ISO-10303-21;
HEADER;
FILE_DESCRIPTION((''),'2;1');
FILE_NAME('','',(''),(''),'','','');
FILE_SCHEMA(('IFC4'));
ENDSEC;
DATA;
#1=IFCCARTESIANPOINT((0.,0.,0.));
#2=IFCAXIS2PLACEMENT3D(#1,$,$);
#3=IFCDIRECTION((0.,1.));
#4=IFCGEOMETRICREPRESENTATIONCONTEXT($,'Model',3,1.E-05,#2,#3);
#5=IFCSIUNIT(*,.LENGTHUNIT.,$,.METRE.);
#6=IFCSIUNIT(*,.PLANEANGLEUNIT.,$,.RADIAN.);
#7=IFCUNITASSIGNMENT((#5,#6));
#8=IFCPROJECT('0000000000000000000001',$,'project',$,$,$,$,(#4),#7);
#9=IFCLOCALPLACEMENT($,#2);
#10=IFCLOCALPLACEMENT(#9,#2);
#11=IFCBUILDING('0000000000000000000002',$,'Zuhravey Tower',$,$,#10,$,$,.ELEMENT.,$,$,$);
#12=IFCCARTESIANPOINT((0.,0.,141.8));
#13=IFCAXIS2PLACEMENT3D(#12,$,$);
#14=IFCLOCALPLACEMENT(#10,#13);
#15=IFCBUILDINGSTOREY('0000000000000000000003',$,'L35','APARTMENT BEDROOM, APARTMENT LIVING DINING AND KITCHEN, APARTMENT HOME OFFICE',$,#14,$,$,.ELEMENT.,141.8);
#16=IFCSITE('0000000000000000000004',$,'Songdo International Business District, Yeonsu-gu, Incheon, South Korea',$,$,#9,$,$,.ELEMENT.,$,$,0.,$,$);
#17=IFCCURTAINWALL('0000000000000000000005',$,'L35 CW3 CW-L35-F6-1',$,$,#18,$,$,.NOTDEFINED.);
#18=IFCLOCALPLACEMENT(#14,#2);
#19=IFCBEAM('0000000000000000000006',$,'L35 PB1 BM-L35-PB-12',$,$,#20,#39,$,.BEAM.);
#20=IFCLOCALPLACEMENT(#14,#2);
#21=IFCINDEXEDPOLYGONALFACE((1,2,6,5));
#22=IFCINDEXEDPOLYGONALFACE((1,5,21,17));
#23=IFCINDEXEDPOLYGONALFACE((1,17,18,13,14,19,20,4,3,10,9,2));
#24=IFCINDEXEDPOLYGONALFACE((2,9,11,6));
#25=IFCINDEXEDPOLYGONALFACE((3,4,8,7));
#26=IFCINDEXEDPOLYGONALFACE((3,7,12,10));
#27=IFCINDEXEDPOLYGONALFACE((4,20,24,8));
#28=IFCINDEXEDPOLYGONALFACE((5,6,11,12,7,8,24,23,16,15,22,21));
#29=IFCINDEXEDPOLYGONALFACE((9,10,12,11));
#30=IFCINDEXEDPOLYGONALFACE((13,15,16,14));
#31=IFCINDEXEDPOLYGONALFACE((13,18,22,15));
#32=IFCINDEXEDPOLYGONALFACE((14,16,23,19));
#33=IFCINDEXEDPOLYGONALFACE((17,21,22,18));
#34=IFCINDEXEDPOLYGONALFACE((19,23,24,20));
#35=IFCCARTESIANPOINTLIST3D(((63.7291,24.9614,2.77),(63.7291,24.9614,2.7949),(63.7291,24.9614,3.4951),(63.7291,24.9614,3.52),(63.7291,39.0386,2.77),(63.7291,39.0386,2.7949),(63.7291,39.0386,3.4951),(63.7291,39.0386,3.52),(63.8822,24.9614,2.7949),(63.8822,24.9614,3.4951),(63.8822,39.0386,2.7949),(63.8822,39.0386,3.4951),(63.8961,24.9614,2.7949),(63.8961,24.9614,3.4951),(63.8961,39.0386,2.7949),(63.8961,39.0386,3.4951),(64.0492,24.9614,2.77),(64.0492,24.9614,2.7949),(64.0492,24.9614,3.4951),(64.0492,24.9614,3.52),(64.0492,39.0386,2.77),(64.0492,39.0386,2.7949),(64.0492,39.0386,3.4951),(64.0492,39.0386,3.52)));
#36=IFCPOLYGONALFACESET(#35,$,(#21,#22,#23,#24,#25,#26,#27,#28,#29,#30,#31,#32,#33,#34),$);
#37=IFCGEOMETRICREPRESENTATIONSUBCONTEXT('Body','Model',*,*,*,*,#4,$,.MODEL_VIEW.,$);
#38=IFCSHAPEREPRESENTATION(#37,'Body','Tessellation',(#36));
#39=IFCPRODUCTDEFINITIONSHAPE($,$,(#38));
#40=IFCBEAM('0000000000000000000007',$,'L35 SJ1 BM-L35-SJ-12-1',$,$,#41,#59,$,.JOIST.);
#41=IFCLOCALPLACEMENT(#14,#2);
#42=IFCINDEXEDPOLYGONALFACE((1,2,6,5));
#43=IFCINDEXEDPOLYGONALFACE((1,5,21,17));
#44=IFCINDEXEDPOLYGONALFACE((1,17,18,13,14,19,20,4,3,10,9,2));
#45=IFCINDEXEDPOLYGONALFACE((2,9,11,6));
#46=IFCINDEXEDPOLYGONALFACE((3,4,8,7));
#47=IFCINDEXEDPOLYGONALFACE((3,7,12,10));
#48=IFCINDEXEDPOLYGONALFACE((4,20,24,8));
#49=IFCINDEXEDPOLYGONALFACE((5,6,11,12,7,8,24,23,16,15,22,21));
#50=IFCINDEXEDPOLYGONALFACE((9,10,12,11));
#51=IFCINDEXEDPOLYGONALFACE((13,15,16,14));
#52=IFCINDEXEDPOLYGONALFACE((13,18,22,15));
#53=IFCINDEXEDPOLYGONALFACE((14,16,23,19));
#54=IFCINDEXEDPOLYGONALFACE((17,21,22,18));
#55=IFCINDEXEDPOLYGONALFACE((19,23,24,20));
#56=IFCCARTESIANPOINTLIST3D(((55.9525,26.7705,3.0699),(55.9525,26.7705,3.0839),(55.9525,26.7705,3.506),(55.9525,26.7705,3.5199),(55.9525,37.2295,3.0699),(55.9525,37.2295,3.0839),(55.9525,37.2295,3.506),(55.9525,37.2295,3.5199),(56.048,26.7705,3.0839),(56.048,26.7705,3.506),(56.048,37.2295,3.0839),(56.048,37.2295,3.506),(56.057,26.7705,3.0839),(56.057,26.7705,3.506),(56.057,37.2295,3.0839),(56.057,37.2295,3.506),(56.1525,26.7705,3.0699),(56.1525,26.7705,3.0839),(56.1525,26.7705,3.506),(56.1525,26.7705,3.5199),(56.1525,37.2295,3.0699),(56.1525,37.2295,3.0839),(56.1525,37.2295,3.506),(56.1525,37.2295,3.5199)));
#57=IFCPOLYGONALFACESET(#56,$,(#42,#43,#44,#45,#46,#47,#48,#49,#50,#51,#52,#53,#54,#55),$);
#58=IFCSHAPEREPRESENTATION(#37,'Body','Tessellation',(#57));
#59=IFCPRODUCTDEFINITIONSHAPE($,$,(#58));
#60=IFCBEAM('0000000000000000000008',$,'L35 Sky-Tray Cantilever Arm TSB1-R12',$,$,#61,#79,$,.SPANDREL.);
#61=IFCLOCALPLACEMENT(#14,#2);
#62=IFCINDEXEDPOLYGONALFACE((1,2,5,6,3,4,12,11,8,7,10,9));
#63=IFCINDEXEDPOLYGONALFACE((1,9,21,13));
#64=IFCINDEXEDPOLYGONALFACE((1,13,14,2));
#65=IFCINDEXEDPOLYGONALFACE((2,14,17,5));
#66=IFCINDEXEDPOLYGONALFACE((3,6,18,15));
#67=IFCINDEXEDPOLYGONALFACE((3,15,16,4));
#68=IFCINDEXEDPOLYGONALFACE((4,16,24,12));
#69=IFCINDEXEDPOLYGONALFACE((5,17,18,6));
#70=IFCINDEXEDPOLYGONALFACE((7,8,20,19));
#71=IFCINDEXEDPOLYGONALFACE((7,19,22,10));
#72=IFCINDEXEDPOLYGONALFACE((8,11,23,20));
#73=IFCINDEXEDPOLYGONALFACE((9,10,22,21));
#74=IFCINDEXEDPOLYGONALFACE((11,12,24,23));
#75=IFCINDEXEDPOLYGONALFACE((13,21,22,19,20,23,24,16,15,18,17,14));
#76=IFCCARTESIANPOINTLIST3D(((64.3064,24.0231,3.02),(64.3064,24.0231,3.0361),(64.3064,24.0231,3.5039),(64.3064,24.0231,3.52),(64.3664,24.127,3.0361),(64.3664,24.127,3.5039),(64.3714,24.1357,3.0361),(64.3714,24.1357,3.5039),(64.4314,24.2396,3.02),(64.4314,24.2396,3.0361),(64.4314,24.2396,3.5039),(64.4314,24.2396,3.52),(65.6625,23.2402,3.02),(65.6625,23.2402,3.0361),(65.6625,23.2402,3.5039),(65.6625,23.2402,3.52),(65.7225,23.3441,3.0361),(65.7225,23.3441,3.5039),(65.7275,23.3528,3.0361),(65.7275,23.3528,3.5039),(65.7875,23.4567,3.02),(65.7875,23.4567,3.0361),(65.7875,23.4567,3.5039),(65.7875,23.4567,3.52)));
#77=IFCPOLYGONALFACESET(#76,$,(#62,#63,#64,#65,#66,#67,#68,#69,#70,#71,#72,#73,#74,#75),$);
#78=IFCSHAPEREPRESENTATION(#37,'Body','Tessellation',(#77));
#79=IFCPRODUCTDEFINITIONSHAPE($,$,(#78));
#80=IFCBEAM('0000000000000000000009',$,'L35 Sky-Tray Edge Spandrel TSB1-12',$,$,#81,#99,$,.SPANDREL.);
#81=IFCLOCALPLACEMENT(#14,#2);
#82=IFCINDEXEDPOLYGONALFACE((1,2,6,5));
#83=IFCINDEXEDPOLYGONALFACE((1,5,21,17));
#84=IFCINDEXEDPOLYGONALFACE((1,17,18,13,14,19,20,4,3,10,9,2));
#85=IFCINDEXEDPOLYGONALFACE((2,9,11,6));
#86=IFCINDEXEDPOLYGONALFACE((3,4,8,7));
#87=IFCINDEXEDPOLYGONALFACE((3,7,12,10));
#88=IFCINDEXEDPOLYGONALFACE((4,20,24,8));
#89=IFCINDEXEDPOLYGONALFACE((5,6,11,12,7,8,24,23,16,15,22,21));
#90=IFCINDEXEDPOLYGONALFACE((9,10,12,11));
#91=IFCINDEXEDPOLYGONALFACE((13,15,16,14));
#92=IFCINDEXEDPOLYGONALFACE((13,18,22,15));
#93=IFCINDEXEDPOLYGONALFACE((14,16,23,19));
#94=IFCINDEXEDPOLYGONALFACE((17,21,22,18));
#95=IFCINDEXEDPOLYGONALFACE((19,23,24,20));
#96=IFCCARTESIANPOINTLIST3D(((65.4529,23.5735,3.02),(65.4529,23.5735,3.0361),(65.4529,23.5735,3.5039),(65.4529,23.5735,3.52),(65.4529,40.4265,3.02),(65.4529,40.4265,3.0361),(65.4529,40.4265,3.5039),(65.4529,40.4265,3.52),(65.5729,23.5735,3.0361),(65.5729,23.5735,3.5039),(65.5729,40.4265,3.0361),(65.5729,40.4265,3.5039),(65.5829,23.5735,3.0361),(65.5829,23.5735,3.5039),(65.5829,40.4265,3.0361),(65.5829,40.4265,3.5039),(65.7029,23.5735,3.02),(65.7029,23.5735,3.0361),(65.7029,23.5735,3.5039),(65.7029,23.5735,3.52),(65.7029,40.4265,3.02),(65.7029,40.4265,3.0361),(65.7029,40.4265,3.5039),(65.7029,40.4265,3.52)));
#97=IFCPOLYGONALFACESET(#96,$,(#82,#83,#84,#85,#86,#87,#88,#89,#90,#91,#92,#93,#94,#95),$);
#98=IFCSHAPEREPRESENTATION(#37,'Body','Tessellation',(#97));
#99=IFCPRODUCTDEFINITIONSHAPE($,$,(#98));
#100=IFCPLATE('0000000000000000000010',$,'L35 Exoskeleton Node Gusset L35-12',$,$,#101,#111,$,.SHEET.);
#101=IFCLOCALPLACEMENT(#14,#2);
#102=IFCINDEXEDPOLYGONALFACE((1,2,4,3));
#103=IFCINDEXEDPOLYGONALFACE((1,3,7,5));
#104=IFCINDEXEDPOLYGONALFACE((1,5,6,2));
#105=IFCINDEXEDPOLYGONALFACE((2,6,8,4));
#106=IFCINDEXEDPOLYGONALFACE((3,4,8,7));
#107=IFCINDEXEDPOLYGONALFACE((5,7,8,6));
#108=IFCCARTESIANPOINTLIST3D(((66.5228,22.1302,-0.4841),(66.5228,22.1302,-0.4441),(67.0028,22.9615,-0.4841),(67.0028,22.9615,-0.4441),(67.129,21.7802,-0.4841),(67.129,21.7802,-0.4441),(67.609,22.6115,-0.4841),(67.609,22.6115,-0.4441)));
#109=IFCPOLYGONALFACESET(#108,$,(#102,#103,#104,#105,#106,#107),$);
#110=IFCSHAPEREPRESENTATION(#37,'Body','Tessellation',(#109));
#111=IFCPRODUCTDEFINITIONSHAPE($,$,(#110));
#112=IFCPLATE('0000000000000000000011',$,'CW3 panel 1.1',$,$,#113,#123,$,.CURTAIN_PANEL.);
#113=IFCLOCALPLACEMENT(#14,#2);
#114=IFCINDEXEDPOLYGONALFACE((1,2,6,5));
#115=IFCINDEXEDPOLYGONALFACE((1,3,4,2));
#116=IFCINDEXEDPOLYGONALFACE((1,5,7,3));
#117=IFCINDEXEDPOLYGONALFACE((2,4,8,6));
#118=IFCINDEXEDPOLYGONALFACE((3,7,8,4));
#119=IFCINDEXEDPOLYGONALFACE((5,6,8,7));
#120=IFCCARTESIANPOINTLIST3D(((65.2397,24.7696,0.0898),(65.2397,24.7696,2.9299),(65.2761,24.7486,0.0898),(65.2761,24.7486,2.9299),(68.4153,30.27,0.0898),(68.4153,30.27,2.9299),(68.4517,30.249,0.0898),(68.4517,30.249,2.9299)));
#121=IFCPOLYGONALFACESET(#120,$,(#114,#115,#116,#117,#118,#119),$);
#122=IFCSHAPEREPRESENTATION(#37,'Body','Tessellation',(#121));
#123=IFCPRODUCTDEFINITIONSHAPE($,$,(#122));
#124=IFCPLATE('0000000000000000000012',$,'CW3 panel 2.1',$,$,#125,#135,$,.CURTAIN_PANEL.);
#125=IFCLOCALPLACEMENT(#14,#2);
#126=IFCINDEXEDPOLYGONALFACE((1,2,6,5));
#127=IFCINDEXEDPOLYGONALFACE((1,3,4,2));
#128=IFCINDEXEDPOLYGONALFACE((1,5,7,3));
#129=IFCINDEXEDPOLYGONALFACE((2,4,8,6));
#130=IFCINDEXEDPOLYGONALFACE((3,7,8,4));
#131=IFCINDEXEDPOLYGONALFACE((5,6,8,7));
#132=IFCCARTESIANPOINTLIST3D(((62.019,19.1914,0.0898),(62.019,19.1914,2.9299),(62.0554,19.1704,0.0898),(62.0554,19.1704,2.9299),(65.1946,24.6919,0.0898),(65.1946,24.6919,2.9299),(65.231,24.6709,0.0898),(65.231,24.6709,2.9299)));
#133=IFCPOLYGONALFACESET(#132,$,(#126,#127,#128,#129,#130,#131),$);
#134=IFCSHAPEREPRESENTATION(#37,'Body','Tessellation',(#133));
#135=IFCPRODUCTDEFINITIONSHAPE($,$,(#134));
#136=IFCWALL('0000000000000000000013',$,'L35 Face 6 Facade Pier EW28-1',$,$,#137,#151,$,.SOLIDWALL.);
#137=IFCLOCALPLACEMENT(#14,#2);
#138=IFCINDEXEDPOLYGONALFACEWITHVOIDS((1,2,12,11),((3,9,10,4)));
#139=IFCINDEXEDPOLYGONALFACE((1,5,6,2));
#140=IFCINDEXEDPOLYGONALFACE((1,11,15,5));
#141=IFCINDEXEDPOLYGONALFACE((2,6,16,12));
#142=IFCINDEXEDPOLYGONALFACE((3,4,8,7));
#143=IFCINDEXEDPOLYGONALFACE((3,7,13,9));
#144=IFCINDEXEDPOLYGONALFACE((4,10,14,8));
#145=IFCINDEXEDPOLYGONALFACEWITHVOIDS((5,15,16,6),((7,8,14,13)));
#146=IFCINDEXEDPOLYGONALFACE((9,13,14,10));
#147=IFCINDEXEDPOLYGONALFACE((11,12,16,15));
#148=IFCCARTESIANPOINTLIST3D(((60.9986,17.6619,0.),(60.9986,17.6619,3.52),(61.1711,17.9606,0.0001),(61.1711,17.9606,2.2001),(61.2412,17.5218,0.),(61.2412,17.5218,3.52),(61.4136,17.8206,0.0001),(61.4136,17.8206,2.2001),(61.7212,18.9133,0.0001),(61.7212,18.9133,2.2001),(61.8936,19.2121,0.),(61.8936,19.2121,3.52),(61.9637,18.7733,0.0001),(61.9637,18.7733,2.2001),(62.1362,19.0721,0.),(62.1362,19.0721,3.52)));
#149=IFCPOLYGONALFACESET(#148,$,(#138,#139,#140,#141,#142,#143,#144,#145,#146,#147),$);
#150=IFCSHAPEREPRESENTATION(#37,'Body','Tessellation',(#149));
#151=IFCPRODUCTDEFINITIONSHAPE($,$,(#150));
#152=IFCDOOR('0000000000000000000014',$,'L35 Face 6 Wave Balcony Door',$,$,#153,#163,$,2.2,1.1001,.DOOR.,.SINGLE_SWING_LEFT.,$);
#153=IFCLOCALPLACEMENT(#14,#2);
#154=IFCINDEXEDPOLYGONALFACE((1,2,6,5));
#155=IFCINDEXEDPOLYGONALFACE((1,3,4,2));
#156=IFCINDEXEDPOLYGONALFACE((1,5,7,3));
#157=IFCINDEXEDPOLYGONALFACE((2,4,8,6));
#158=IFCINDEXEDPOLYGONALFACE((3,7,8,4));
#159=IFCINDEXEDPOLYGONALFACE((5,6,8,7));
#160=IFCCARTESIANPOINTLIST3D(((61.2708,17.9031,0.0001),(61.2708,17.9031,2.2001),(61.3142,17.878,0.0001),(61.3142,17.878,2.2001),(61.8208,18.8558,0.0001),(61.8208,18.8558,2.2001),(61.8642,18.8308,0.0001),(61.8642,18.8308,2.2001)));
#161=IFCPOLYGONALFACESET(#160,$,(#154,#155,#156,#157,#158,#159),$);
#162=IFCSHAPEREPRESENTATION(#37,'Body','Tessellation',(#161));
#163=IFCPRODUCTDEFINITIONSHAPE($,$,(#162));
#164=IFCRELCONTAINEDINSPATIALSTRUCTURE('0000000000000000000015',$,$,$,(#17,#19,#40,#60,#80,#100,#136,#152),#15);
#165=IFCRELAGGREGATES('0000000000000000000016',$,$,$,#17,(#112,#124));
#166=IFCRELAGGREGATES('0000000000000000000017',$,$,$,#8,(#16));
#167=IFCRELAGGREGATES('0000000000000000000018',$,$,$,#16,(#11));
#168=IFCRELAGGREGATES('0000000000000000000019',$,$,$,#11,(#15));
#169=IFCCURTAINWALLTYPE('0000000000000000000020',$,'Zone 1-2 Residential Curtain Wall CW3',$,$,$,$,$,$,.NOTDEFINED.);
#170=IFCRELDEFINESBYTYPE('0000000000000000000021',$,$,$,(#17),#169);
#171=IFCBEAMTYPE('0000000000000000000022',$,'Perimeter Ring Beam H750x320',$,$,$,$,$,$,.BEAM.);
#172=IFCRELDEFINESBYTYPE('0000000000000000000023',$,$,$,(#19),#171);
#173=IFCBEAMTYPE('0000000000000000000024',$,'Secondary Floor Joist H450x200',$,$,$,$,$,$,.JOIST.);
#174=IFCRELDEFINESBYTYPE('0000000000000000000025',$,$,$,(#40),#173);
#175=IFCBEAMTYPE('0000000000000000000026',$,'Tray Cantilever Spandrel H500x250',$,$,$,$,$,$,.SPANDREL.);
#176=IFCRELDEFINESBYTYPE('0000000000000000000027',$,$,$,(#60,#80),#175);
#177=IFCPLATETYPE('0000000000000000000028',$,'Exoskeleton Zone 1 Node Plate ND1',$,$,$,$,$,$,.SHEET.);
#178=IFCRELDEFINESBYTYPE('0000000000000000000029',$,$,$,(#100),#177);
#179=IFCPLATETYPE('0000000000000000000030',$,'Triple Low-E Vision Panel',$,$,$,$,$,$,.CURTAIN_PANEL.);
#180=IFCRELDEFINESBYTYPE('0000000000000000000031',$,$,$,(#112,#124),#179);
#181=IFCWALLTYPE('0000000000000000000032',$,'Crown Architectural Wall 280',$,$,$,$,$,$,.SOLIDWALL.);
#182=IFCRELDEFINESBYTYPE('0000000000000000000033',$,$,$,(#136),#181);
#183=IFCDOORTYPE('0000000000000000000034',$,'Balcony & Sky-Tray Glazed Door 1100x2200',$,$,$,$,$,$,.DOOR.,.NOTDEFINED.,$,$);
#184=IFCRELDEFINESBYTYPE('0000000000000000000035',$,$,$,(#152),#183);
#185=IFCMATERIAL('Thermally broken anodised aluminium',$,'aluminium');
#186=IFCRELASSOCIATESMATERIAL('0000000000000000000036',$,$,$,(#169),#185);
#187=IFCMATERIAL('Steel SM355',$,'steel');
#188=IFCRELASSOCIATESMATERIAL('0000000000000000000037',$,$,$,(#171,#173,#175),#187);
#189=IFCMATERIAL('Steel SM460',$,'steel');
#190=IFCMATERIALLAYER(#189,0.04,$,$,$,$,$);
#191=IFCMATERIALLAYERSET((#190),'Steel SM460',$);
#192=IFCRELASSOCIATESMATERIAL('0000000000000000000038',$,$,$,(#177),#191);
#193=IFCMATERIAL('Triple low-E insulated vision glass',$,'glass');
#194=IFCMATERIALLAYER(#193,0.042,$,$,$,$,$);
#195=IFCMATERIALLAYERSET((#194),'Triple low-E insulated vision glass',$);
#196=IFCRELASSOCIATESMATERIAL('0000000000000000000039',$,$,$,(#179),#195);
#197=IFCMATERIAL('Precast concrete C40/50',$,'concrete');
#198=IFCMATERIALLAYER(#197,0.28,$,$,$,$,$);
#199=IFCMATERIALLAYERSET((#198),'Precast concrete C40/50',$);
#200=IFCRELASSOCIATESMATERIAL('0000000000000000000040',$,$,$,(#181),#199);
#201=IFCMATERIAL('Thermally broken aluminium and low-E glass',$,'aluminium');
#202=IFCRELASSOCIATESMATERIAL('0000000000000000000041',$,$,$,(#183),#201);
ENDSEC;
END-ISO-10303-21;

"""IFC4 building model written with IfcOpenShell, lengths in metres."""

from ifc_helpers import new_model, si_unit, direction, frame, frame_2d, origin, origin_2d, place, context, subcontext, project, spatial, rectangle, i_section, extrude, material, layer, layer_set, material_profile, profile_set, type_object, element, fill, aggregate, save


model = new_model("IFC4")

# Units and contexts
model_context = context("Model", 3, precision=1e-05, world=origin(), true_north=direction((0.0, 1.0)))
body_context = subcontext(model_context, "Body", "Model", "MODEL_VIEW")
ifc_project = project(units=[si_unit("LENGTHUNIT", "METRE"), si_unit("PLANEANGLEUNIT", "RADIAN")], contexts=[model_context])

# Site, building, storey
site_placement = place(None, origin())
site = spatial("IfcSite", under=ifc_project, at=site_placement, Name="Songdo International Business District, Yeonsu-gu, Incheon, South Korea", CompositionType="ELEMENT", RefElevation=0.0)
building_placement = place(site_placement, origin())
building = spatial("IfcBuilding", under=site, at=building_placement, Name="Zuhravey Tower", CompositionType="ELEMENT")
storey_placement = place(building_placement, frame((0.0, 0.0, 141.8)))
storey = spatial("IfcBuildingStorey", under=building, at=storey_placement, Name="L35", Description="APARTMENT BEDROOM, APARTMENT LIVING DINING AND KITCHEN, APARTMENT HOME OFFICE", CompositionType="ELEMENT", Elevation=141.8)

# Curtain wall
ifc_material_1 = material(Name="Thermally broken anodised aluminium", Category="aluminium")
curtain_wall_type = type_object("IfcCurtainWallType", Name="Zone 1-2 Residential Curtain Wall CW3", PredefinedType="NOTDEFINED", material=ifc_material_1)
curtain_wall_1_placement = place(storey_placement, origin())
curtain_wall_1 = element("IfcCurtainWall", 1, at=curtain_wall_1_placement, inside=storey, type_object=curtain_wall_type, Name="L35 CW3 CW-L35-F6-1", PredefinedType="NOTDEFINED")

# Beams
ifc_material_2 = material(Name="Steel SM460", Category="steel")
ifc_material_3 = material(Name="Steel SM355", Category="steel")
ifc_material_profile_1 = material_profile(ifc_material_3, i_section(OverallWidth=0.3201, OverallDepth=0.75, WebThickness=0.0139, FlangeThickness=0.0249, at=origin_2d()), Name="H-750x320x14x25")
ifc_profile_set_1 = profile_set([ifc_material_profile_1], Name="Steel SM355")
beam_type_1 = type_object("IfcBeamType", Name="Perimeter Ring Beam H750x320", PredefinedType="BEAM", material=ifc_profile_set_1)
beam_1_placement = place(storey_placement, frame((63.8892, 24.9614, 3.145), z_axis=(0.0, 1.0, 0.0), x_axis=(-1.0, 0.0, 0.0)))
element("IfcBeam", 2, at=beam_1_placement, inside=storey, type_object=beam_type_1, Name="L35 PB1 BM-L35-PB-12", PredefinedType="BEAM", context=body_context, shape_type="SweptSolid", body=[
    extrude(i_section(OverallWidth=0.3201, OverallDepth=0.75, WebThickness=0.0139, FlangeThickness=0.0249, at=origin_2d()), origin(), (0.0, 0.0, 1.0), 14.0771),
])
ifc_material_profile_2 = material_profile(ifc_material_3, i_section(OverallWidth=0.2, OverallDepth=0.45, WebThickness=0.009, FlangeThickness=0.0139, at=origin_2d()), Name="H-450x200x9x14")
ifc_profile_set_2 = profile_set([ifc_material_profile_2], Name="Steel SM355")
beam_type_2 = type_object("IfcBeamType", Name="Secondary Floor Joist H450x200", PredefinedType="JOIST", material=ifc_profile_set_2)
beam_2_placement = place(storey_placement, frame((56.0525, 26.7705, 3.2949), z_axis=(0.0, 1.0, 0.0), x_axis=(-1.0, 0.0, 0.0)))
element("IfcBeam", 3, at=beam_2_placement, inside=storey, type_object=beam_type_2, Name="L35 SJ1 BM-L35-SJ-12-1", PredefinedType="JOIST", context=body_context, shape_type="SweptSolid", body=[
    extrude(i_section(OverallWidth=0.2, OverallDepth=0.45, WebThickness=0.009, FlangeThickness=0.0139, at=origin_2d()), origin(), (0.0, 0.0, 1.0), 10.459),
])
ifc_material_profile_3 = material_profile(ifc_material_3, i_section(OverallWidth=0.25, OverallDepth=0.5, WebThickness=0.01, FlangeThickness=0.0161, at=origin_2d()), Name="H-500x250x10x16")
ifc_profile_set_3 = profile_set([ifc_material_profile_3], Name="Steel SM355")
beam_type_3 = type_object("IfcBeamType", Name="Tray Cantilever Spandrel H500x250", PredefinedType="SPANDREL", material=ifc_profile_set_3)
beam_3_placement = place(storey_placement, frame((64.3689, 24.1313, 3.27), z_axis=(0.866038, -0.499979, 0.0), x_axis=(0.499979, 0.866038, 0.0)))
element("IfcBeam", 4, at=beam_3_placement, inside=storey, type_object=beam_type_3, Name="L35 Sky-Tray Cantilever Arm TSB1-R12", PredefinedType="SPANDREL", context=body_context, shape_type="SweptSolid", body=[
    extrude(i_section(OverallWidth=0.25, OverallDepth=0.5, WebThickness=0.01, FlangeThickness=0.0161, at=origin_2d()), origin(), (0.0, 0.0, 1.0), 1.5659),
])
beam_4_placement = place(storey_placement, frame((65.5779, 23.5735, 3.27), z_axis=(0.0, 1.0, 0.0), x_axis=(-1.0, 0.0, 0.0)))
element("IfcBeam", 5, at=beam_4_placement, inside=storey, type_object=beam_type_3, Name="L35 Sky-Tray Edge Spandrel TSB1-12", PredefinedType="SPANDREL", context=body_context, shape_type="SweptSolid", body=[
    extrude(i_section(OverallWidth=0.25, OverallDepth=0.5, WebThickness=0.01, FlangeThickness=0.0161, at=origin_2d()), origin(), (0.0, 0.0, 1.0), 16.853),
])

# Plates
ifc_layer_1 = layer(ifc_material_2, 0.04)
ifc_layer_set_1 = layer_set([ifc_layer_1], Name="Steel SM460")
plate_type_1 = type_object("IfcPlateType", Name="Exoskeleton Zone 1 Node Plate ND1", PredefinedType="SHEET", material=ifc_layer_set_1)
plate_1_placement = place(storey_placement, frame((67.0659, 22.3708, -0.4841), z_axis=(0.0, 0.0, 1.0), x_axis=(0.5, 0.866025, 0.0)))
element("IfcPlate", 6, at=plate_1_placement, inside=storey, type_object=plate_type_1, Name="L35 Exoskeleton Node Gusset L35-12", PredefinedType="SHEET", context=body_context, shape_type="SweptSolid", body=[
    extrude(rectangle(XDim=0.96, YDim=0.7, at=origin_2d()), origin(), (0.0, 0.0, 1.0), 0.04),
])
ifc_material_4 = material(Name="Triple low-E insulated vision glass", Category="glass")
ifc_layer_2 = layer(ifc_material_4, 0.042)
ifc_layer_set_2 = layer_set([ifc_layer_2], Name="Triple low-E insulated vision glass")
plate_type_2 = type_object("IfcPlateType", Name="Triple Low-E Vision Panel", PredefinedType="CURTAIN_PANEL", material=ifc_layer_set_2)
plate_2_placement = place(storey_placement, frame((66.8457, 27.5093, 0.0898), z_axis=(0.0, 0.0, 1.0), x_axis=(-0.499998, -0.866027, 0.0)))
plate_2 = element("IfcPlate", 7, at=plate_2_placement, type_object=plate_type_2, Name="CW3 panel 1.1", PredefinedType="CURTAIN_PANEL", context=body_context, shape_type="SweptSolid", body=[
    extrude(rectangle(XDim=6.3513, YDim=0.042, at=origin_2d()), origin(), (0.0, 0.0, 1.0), 2.8401),
])
plate_3_placement = place(storey_placement, frame((63.625, 21.9312, 0.0898), z_axis=(0.0, 0.0, 1.0), x_axis=(-0.499998, -0.866027, 0.0)))
plate_3 = element("IfcPlate", 8, at=plate_3_placement, type_object=plate_type_2, Name="CW3 panel 2.1", PredefinedType="CURTAIN_PANEL", context=body_context, shape_type="SweptSolid", body=[
    extrude(rectangle(XDim=6.3513, YDim=0.042, at=origin_2d()), origin(), (0.0, 0.0, 1.0), 2.8401),
])
aggregate(curtain_wall_1, [plate_2, plate_3])

# Wall, opening, door
ifc_material_5 = material(Name="Precast concrete C40/50", Category="concrete")
ifc_layer_3 = layer(ifc_material_5, 0.28)
ifc_layer_set_3 = layer_set([ifc_layer_3], Name="Precast concrete C40/50")
wall_type_1 = type_object("IfcWallType", Name="Crown Architectural Wall 280", PredefinedType="SOLIDWALL", material=ifc_layer_set_3)
wall_1_placement = place(storey_placement, frame((62.0149, 19.1421, 0.0), z_axis=(0.0, 0.0, 1.0), x_axis=(-0.499982, -0.866036, 0.0)))
wall_1 = element("IfcWall", 9, at=wall_1_placement, inside=storey, type_object=wall_type_1, Name="L35 Face 6 Facade Pier EW28-1", PredefinedType="SOLIDWALL", context=body_context, shape_type="SweptSolid", body=[
    extrude(rectangle(XDim=1.79, YDim=0.28, at=frame_2d((0.895, 0.0))), origin(), (0.0, 0.0, 1.0), 3.52),
])
opening_1_placement = place(wall_1_placement, frame((0.345, 0.0, 0.0)))
opening_1 = element("IfcOpeningElement", 10, at=opening_1_placement, cuts=wall_1, PredefinedType="OPENING", context=body_context, shape_type="SweptSolid", body=[
    extrude(rectangle(XDim=1.1001, YDim=2.2, at=frame_2d((0.55, 1.1001))), frame((0.0, 0.1521, 0.0), z_axis=(0.0, -1.0, 0.0), x_axis=(1.0, 0.0, 0.0)), (0.0, 0.0, 1.0), 0.304),
])
ifc_material_6 = material(Name="Thermally broken aluminium and low-E glass", Category="aluminium")
door_type_1 = type_object("IfcDoorType", Name="Balcony & Sky-Tray Glazed Door 1100x2200", OperationType="NOTDEFINED", PredefinedType="DOOR", material=ifc_material_6)
door_1_placement = place(opening_1_placement, frame((1.1001, 0.0, 0.0), z_axis=(0.0, 0.0, 1.0), x_axis=(-1.0, 0.0, 0.0)))
door_1 = element("IfcDoor", 11, at=door_1_placement, inside=storey, type_object=door_type_1, Name="L35 Face 6 Wave Balcony Door", OperationType="SINGLE_SWING_LEFT", OverallHeight=2.2, OverallWidth=1.1001, PredefinedType="DOOR", context=body_context, shape_type="SweptSolid", body=[
    extrude(rectangle(XDim=1.1001, YDim=2.2, at=frame_2d((0.55, 1.1001))), frame((0.0, 0.0249, 0.0), z_axis=(0.0, -1.0, 0.0), x_axis=(1.0, 0.0, 0.0)), (0.0, 0.0, 1.0), 0.05),
])
fill(opening_1, door_1)

save(model, "model.ifc")
